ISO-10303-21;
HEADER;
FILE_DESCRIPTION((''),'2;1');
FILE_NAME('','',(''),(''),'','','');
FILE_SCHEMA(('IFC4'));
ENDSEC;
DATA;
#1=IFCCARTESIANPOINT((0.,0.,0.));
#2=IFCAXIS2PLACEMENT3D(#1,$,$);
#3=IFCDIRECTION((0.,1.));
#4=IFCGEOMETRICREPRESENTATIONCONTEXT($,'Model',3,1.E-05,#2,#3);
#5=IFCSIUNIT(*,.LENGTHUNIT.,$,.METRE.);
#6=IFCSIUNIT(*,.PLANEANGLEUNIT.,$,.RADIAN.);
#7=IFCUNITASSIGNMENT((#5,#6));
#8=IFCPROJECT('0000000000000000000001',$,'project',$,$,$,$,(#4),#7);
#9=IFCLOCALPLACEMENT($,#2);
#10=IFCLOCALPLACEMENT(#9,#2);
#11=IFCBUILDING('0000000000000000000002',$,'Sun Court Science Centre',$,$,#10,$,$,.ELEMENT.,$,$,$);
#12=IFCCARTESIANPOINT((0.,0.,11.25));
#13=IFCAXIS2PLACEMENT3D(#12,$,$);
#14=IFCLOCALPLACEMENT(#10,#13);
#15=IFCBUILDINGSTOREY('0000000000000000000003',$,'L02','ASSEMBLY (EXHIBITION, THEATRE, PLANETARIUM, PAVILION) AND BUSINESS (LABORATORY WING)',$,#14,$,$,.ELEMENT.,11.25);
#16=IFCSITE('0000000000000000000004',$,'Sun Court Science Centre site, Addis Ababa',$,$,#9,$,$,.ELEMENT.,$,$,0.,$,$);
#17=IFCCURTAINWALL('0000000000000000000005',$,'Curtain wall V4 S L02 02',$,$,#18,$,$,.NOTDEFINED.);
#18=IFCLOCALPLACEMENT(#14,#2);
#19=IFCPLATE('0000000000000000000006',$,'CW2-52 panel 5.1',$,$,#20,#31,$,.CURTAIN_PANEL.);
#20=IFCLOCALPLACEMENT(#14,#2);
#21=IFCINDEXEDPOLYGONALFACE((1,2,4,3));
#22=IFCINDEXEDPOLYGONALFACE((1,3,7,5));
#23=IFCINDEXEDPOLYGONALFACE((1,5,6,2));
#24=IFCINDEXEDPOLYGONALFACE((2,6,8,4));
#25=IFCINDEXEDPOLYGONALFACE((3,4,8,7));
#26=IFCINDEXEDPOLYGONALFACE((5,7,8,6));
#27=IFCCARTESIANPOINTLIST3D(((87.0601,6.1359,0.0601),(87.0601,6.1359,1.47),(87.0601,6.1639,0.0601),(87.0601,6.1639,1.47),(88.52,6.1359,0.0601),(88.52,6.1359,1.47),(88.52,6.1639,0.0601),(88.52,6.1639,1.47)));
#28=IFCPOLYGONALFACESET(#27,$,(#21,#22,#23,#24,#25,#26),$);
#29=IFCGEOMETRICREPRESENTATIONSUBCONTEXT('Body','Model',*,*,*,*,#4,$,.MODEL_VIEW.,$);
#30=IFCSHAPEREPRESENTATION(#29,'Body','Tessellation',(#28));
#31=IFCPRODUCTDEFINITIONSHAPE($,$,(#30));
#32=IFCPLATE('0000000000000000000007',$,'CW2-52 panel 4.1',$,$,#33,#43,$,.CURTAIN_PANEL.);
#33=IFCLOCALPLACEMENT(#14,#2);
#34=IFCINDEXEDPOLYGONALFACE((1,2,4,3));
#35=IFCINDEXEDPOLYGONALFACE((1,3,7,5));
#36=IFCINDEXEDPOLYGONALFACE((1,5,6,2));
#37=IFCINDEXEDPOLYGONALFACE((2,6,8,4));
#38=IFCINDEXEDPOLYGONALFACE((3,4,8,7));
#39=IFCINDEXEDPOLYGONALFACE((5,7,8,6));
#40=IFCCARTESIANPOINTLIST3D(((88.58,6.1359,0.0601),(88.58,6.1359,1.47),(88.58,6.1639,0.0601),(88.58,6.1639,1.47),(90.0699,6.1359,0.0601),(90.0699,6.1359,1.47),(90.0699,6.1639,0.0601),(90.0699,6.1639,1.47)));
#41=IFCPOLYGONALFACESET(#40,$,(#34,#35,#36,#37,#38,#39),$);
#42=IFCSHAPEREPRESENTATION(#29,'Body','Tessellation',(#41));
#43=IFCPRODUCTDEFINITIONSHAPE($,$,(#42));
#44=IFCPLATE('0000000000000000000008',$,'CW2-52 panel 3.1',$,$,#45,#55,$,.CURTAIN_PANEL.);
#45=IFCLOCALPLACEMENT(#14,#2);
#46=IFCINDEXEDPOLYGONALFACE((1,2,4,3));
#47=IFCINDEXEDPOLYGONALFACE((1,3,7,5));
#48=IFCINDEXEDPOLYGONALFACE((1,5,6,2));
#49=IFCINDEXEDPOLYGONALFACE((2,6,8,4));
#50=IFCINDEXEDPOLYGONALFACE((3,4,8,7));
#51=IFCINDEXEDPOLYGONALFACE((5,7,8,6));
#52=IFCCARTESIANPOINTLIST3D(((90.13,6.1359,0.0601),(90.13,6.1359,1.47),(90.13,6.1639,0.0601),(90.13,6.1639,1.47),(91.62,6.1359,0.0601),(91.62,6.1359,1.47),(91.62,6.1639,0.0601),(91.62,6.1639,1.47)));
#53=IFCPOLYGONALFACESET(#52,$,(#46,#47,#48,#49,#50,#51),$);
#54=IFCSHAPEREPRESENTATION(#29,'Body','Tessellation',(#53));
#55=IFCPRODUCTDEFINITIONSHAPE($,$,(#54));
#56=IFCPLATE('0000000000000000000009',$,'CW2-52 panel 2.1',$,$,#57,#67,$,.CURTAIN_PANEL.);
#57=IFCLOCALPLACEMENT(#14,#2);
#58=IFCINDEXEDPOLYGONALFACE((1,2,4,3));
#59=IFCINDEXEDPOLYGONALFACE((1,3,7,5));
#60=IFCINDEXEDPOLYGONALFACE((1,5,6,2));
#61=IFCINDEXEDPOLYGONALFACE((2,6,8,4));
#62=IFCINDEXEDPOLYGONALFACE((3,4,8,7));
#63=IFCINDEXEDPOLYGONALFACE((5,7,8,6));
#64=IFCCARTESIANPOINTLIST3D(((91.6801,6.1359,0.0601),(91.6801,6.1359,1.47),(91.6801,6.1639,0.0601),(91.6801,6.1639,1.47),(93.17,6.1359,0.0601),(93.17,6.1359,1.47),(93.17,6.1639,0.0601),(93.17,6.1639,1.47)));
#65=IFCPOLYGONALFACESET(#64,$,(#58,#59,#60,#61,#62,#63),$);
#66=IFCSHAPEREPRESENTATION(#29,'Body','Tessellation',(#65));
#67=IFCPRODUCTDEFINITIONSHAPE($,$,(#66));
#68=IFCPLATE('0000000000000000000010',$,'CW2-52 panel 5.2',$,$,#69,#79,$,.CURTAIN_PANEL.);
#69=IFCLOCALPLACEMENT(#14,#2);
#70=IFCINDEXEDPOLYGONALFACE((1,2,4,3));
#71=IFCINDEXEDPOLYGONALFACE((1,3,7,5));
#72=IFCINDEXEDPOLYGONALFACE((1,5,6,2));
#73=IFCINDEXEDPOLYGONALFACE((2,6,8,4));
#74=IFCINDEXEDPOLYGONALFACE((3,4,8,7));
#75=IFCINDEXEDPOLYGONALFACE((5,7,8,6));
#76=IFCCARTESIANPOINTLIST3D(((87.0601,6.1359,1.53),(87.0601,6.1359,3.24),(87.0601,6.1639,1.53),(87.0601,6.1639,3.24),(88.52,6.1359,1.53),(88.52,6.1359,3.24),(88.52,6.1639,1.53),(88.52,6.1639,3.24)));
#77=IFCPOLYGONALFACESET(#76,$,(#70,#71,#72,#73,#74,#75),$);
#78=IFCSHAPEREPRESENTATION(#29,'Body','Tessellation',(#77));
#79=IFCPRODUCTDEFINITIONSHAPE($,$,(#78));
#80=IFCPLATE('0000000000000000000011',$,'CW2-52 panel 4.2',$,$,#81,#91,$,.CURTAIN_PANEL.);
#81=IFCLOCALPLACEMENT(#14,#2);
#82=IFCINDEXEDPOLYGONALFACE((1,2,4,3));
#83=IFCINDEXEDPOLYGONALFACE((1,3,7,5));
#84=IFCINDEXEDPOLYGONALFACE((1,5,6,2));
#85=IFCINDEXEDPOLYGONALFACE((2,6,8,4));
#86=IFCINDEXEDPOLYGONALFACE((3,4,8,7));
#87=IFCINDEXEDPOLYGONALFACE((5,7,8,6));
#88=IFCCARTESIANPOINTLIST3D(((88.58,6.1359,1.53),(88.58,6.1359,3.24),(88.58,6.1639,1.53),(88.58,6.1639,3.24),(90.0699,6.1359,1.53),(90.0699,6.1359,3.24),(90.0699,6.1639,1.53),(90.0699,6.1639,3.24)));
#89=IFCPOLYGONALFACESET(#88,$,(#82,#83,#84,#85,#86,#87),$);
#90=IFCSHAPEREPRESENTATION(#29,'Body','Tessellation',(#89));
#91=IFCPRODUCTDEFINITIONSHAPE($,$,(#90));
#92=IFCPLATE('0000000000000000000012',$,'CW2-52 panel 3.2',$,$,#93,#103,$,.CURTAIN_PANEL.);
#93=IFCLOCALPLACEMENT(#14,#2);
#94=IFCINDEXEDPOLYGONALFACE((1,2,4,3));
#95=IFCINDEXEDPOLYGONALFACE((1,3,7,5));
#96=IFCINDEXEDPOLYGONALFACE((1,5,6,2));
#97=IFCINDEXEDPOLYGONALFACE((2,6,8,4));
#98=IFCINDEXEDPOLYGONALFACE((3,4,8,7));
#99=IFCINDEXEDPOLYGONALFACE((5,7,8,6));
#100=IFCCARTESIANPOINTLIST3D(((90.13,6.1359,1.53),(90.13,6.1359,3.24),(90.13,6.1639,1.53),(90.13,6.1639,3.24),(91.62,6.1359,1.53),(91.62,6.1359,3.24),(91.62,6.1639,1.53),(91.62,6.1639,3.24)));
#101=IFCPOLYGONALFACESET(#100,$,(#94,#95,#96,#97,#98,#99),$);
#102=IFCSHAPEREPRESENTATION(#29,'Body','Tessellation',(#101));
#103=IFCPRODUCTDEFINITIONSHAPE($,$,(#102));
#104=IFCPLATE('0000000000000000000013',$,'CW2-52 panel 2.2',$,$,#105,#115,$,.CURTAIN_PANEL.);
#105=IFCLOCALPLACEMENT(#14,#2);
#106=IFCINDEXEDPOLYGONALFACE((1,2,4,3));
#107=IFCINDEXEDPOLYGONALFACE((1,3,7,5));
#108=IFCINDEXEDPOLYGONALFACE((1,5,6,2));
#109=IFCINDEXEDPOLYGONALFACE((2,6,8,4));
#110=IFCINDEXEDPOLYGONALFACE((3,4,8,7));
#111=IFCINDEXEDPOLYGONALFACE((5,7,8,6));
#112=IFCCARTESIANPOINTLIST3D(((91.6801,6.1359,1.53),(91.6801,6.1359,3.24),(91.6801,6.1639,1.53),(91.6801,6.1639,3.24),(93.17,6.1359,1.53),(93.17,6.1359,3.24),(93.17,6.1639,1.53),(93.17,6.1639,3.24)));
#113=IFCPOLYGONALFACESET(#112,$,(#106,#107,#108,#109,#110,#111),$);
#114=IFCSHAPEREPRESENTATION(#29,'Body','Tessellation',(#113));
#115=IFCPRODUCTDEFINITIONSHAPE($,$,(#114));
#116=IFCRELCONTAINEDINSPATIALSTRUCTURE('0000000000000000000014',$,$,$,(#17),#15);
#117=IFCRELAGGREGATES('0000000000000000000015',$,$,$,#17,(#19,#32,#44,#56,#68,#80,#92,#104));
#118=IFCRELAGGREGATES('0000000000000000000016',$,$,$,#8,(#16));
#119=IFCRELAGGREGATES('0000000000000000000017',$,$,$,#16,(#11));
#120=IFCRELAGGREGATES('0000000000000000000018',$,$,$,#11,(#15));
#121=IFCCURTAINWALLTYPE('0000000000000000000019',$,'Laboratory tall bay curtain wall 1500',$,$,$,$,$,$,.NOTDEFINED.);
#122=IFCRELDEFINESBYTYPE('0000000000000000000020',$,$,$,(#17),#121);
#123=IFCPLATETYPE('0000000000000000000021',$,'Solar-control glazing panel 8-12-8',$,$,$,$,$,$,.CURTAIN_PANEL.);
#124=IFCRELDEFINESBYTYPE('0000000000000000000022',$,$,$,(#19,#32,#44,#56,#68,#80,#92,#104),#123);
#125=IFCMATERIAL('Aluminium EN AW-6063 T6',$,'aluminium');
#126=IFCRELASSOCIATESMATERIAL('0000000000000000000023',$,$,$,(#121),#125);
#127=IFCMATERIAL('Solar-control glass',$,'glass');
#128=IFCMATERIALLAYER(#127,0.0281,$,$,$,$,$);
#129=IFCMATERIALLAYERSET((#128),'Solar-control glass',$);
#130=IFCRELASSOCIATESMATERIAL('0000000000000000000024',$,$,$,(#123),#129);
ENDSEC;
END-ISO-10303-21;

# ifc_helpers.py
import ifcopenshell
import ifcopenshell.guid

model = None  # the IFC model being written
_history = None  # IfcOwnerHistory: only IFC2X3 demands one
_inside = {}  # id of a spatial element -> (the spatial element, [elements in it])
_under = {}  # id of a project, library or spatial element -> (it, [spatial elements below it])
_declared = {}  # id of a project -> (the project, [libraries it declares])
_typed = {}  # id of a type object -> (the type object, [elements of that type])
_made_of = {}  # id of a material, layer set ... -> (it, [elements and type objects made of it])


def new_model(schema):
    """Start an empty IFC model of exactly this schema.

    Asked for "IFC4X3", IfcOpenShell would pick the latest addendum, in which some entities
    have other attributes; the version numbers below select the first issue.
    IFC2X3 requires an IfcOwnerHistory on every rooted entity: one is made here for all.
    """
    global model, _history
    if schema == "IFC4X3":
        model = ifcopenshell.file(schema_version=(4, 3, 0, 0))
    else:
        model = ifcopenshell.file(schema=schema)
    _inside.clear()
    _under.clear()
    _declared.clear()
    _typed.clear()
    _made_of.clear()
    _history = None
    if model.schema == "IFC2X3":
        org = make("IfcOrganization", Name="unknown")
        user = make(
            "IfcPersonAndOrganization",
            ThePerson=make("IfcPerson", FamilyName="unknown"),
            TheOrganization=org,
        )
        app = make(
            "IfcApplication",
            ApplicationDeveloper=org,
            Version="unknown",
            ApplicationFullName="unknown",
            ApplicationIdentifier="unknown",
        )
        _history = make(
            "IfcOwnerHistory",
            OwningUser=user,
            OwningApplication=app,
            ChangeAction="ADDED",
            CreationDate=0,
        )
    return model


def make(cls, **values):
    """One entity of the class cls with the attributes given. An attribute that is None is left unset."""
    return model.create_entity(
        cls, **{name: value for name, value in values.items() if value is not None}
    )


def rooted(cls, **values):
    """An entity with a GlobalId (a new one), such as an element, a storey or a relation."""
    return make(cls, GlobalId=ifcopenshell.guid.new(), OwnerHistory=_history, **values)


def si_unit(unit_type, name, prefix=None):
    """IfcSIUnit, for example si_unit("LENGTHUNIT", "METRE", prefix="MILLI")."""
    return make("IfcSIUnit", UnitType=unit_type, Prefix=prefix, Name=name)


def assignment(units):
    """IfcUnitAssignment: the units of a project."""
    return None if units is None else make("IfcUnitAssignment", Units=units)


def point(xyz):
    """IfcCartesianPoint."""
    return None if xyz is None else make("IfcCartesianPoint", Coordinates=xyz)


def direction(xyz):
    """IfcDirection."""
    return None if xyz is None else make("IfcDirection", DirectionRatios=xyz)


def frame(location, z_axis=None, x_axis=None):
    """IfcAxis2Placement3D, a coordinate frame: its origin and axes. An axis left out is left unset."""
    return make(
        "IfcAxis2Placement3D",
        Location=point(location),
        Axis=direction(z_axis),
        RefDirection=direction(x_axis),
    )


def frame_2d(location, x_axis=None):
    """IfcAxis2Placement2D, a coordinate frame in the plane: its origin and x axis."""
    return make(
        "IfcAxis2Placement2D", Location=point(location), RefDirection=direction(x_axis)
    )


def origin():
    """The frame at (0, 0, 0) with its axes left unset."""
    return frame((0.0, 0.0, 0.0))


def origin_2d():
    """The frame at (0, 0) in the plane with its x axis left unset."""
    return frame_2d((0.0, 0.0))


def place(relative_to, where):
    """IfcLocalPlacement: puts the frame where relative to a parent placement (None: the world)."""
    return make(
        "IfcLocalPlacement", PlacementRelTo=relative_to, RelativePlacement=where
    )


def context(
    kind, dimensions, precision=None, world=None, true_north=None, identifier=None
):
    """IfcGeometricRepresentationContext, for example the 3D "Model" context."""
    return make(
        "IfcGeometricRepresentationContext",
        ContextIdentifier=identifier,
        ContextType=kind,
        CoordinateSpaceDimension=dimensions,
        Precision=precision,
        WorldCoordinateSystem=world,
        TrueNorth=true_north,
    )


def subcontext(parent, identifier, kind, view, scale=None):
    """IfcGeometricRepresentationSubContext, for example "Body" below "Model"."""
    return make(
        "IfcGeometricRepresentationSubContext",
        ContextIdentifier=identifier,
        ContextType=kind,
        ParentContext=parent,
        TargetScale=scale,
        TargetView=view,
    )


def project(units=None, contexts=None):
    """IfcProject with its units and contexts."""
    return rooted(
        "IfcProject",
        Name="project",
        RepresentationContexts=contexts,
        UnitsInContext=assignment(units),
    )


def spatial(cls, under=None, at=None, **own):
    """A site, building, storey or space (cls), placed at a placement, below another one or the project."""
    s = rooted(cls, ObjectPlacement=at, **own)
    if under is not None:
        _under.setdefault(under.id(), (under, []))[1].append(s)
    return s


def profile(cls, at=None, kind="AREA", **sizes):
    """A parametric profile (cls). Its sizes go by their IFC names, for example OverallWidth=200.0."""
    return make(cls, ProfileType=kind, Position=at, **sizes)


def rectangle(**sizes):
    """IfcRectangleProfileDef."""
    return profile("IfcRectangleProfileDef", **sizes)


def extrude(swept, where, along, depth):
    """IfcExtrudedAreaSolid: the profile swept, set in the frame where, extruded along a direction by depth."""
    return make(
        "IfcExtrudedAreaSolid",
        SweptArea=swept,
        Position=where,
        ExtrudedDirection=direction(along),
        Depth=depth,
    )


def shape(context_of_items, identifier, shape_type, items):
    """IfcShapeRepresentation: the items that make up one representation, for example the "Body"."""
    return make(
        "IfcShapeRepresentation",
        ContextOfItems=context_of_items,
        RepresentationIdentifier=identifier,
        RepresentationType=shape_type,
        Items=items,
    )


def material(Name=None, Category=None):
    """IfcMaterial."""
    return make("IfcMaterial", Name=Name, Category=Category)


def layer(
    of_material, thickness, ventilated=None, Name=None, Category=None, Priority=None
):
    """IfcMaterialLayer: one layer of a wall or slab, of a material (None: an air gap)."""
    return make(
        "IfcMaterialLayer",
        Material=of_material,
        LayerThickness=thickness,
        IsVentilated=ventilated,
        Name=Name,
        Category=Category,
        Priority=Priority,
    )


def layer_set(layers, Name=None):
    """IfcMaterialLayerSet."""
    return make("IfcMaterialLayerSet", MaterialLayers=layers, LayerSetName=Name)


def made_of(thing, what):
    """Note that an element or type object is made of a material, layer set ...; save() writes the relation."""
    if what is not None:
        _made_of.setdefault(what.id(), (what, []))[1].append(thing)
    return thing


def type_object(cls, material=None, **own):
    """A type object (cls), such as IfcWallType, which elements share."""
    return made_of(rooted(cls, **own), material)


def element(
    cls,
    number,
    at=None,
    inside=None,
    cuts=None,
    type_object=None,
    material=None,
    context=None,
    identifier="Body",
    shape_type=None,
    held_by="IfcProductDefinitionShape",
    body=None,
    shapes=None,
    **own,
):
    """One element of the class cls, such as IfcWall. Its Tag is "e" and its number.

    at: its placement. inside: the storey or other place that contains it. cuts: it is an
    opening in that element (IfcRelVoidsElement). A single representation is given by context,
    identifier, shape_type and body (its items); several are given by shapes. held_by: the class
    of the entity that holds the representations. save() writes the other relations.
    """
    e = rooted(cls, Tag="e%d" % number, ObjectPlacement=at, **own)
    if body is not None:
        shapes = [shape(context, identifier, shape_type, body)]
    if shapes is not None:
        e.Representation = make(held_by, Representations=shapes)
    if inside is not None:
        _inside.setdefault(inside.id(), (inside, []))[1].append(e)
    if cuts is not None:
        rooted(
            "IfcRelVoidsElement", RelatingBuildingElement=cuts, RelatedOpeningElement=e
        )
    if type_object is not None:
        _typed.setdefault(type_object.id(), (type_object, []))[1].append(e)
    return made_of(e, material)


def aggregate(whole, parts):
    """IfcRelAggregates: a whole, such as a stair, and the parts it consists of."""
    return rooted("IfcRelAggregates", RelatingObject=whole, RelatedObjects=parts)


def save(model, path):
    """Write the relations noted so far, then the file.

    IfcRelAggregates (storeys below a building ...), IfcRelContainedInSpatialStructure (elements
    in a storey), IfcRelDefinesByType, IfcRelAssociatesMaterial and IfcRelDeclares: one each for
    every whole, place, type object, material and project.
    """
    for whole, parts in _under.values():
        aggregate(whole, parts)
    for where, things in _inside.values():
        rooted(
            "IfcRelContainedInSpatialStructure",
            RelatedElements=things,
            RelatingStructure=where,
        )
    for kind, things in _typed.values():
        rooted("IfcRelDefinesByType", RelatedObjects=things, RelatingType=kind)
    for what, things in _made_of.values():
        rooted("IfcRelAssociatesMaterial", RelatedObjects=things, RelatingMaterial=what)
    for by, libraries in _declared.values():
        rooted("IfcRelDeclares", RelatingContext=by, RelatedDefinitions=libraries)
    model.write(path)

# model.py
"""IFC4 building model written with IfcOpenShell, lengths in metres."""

from ifc_helpers import new_model, si_unit, direction, frame, origin, origin_2d, place, context, subcontext, project, spatial, rectangle, extrude, material, layer, layer_set, type_object, element, aggregate, save


model = new_model("IFC4")

# Units and contexts
model_context = context("Model", 3, precision=1e-05, world=origin(), true_north=direction((0.0, 1.0)))
body_context = subcontext(model_context, "Body", "Model", "MODEL_VIEW")
ifc_project = project(units=[si_unit("LENGTHUNIT", "METRE"), si_unit("PLANEANGLEUNIT", "RADIAN")], contexts=[model_context])

# Site, building, storey
site_placement = place(None, origin())
site = spatial("IfcSite", under=ifc_project, at=site_placement, Name="Sun Court Science Centre site, Addis Ababa", CompositionType="ELEMENT", RefElevation=0.0)
building_placement = place(site_placement, origin())
building = spatial("IfcBuilding", under=site, at=building_placement, Name="Sun Court Science Centre", CompositionType="ELEMENT")
storey_placement = place(building_placement, frame((0.0, 0.0, 11.25)))
storey = spatial("IfcBuildingStorey", under=building, at=storey_placement, Name="L02", Description="ASSEMBLY (EXHIBITION, THEATRE, PLANETARIUM, PAVILION) AND BUSINESS (LABORATORY WING)", CompositionType="ELEMENT", Elevation=11.25)

# Curtain wall
ifc_material_1 = material(Name="Aluminium EN AW-6063 T6", Category="aluminium")
curtain_wall_type = type_object("IfcCurtainWallType", Name="Laboratory tall bay curtain wall 1500", PredefinedType="NOTDEFINED", material=ifc_material_1)
curtain_wall_placement = place(storey_placement, origin())
curtain_wall = element("IfcCurtainWall", 1, at=curtain_wall_placement, inside=storey, type_object=curtain_wall_type, Name="Curtain wall V4 S L02 02", PredefinedType="NOTDEFINED")

# Plates
ifc_material_2 = material(Name="Solar-control glass", Category="glass")
ifc_layer = layer(ifc_material_2, 0.0281)
ifc_layer_set = layer_set([ifc_layer], Name="Solar-control glass")
plate_type = type_object("IfcPlateType", Name="Solar-control glazing panel 8-12-8", PredefinedType="CURTAIN_PANEL", material=ifc_layer_set)
plate_1_placement = place(storey_placement, frame((87.79, 6.1499, 0.0601), z_axis=(0.0, 0.0, 1.0), x_axis=(-1.0, 0.0, 0.0)))
plate_1 = element("IfcPlate", 2, at=plate_1_placement, type_object=plate_type, Name="CW2-52 panel 5.1", PredefinedType="CURTAIN_PANEL", context=body_context, shape_type="SweptSolid", body=[
    extrude(rectangle(XDim=1.46, YDim=0.0281, at=origin_2d()), origin(), (0.0, 0.0, 1.0), 1.4099),
])
plate_2_placement = place(storey_placement, frame((89.325, 6.1499, 0.0601), z_axis=(0.0, 0.0, 1.0), x_axis=(-1.0, 0.0, 0.0)))
plate_2 = element("IfcPlate", 3, at=plate_2_placement, type_object=plate_type, Name="CW2-52 panel 4.1", PredefinedType="CURTAIN_PANEL", context=body_context, shape_type="SweptSolid", body=[
    extrude(rectangle(XDim=1.49, YDim=0.0281, at=origin_2d()), origin(), (0.0, 0.0, 1.0), 1.4099),
])
plate_3_placement = place(storey_placement, frame((90.875, 6.1499, 0.0601), z_axis=(0.0, 0.0, 1.0), x_axis=(-1.0, 0.0, 0.0)))
plate_3 = element("IfcPlate", 4, at=plate_3_placement, type_object=plate_type, Name="CW2-52 panel 3.1", PredefinedType="CURTAIN_PANEL", context=body_context, shape_type="SweptSolid", body=[
    extrude(rectangle(XDim=1.49, YDim=0.0281, at=origin_2d()), origin(), (0.0, 0.0, 1.0), 1.4099),
])
plate_4_placement = place(storey_placement, frame((92.425, 6.1499, 0.0601), z_axis=(0.0, 0.0, 1.0), x_axis=(-1.0, 0.0, 0.0)))
plate_4 = element("IfcPlate", 5, at=plate_4_placement, type_object=plate_type, Name="CW2-52 panel 2.1", PredefinedType="CURTAIN_PANEL", context=body_context, shape_type="SweptSolid", body=[
    extrude(rectangle(XDim=1.49, YDim=0.0281, at=origin_2d()), origin(), (0.0, 0.0, 1.0), 1.4099),
])
plate_5_placement = place(storey_placement, frame((87.79, 6.1499, 1.53), z_axis=(0.0, 0.0, 1.0), x_axis=(-1.0, 0.0, 0.0)))
plate_5 = element("IfcPlate", 6, at=plate_5_placement, type_object=plate_type, Name="CW2-52 panel 5.2", PredefinedType="CURTAIN_PANEL", context=body_context, shape_type="SweptSolid", body=[
    extrude(rectangle(XDim=1.46, YDim=0.0281, at=origin_2d()), origin(), (0.0, 0.0, 1.0), 1.71),
])
plate_6_placement = place(storey_placement, frame((89.325, 6.1499, 1.53), z_axis=(0.0, 0.0, 1.0), x_axis=(-1.0, 0.0, 0.0)))
plate_6 = element("IfcPlate", 7, at=plate_6_placement, type_object=plate_type, Name="CW2-52 panel 4.2", PredefinedType="CURTAIN_PANEL", context=body_context, shape_type="SweptSolid", body=[
    extrude(rectangle(XDim=1.49, YDim=0.0281, at=origin_2d()), origin(), (0.0, 0.0, 1.0), 1.71),
])
plate_7_placement = place(storey_placement, frame((90.875, 6.1499, 1.53), z_axis=(0.0, 0.0, 1.0), x_axis=(-1.0, 0.0, 0.0)))
plate_7 = element("IfcPlate", 8, at=plate_7_placement, type_object=plate_type, Name="CW2-52 panel 3.2", PredefinedType="CURTAIN_PANEL", context=body_context, shape_type="SweptSolid", body=[
    extrude(rectangle(XDim=1.49, YDim=0.0281, at=origin_2d()), origin(), (0.0, 0.0, 1.0), 1.71),
])
plate_8_placement = place(storey_placement, frame((92.425, 6.1499, 1.53), z_axis=(0.0, 0.0, 1.0), x_axis=(-1.0, 0.0, 0.0)))
plate_8 = element("IfcPlate", 9, at=plate_8_placement, type_object=plate_type, Name="CW2-52 panel 2.2", PredefinedType="CURTAIN_PANEL", context=body_context, shape_type="SweptSolid", body=[
    extrude(rectangle(XDim=1.49, YDim=0.0281, at=origin_2d()), origin(), (0.0, 0.0, 1.0), 1.71),
])
aggregate(curtain_wall, [plate_1, plate_2, plate_3, plate_4, plate_5, plate_6, plate_7, plate_8])

save(model, "model.ifc")
